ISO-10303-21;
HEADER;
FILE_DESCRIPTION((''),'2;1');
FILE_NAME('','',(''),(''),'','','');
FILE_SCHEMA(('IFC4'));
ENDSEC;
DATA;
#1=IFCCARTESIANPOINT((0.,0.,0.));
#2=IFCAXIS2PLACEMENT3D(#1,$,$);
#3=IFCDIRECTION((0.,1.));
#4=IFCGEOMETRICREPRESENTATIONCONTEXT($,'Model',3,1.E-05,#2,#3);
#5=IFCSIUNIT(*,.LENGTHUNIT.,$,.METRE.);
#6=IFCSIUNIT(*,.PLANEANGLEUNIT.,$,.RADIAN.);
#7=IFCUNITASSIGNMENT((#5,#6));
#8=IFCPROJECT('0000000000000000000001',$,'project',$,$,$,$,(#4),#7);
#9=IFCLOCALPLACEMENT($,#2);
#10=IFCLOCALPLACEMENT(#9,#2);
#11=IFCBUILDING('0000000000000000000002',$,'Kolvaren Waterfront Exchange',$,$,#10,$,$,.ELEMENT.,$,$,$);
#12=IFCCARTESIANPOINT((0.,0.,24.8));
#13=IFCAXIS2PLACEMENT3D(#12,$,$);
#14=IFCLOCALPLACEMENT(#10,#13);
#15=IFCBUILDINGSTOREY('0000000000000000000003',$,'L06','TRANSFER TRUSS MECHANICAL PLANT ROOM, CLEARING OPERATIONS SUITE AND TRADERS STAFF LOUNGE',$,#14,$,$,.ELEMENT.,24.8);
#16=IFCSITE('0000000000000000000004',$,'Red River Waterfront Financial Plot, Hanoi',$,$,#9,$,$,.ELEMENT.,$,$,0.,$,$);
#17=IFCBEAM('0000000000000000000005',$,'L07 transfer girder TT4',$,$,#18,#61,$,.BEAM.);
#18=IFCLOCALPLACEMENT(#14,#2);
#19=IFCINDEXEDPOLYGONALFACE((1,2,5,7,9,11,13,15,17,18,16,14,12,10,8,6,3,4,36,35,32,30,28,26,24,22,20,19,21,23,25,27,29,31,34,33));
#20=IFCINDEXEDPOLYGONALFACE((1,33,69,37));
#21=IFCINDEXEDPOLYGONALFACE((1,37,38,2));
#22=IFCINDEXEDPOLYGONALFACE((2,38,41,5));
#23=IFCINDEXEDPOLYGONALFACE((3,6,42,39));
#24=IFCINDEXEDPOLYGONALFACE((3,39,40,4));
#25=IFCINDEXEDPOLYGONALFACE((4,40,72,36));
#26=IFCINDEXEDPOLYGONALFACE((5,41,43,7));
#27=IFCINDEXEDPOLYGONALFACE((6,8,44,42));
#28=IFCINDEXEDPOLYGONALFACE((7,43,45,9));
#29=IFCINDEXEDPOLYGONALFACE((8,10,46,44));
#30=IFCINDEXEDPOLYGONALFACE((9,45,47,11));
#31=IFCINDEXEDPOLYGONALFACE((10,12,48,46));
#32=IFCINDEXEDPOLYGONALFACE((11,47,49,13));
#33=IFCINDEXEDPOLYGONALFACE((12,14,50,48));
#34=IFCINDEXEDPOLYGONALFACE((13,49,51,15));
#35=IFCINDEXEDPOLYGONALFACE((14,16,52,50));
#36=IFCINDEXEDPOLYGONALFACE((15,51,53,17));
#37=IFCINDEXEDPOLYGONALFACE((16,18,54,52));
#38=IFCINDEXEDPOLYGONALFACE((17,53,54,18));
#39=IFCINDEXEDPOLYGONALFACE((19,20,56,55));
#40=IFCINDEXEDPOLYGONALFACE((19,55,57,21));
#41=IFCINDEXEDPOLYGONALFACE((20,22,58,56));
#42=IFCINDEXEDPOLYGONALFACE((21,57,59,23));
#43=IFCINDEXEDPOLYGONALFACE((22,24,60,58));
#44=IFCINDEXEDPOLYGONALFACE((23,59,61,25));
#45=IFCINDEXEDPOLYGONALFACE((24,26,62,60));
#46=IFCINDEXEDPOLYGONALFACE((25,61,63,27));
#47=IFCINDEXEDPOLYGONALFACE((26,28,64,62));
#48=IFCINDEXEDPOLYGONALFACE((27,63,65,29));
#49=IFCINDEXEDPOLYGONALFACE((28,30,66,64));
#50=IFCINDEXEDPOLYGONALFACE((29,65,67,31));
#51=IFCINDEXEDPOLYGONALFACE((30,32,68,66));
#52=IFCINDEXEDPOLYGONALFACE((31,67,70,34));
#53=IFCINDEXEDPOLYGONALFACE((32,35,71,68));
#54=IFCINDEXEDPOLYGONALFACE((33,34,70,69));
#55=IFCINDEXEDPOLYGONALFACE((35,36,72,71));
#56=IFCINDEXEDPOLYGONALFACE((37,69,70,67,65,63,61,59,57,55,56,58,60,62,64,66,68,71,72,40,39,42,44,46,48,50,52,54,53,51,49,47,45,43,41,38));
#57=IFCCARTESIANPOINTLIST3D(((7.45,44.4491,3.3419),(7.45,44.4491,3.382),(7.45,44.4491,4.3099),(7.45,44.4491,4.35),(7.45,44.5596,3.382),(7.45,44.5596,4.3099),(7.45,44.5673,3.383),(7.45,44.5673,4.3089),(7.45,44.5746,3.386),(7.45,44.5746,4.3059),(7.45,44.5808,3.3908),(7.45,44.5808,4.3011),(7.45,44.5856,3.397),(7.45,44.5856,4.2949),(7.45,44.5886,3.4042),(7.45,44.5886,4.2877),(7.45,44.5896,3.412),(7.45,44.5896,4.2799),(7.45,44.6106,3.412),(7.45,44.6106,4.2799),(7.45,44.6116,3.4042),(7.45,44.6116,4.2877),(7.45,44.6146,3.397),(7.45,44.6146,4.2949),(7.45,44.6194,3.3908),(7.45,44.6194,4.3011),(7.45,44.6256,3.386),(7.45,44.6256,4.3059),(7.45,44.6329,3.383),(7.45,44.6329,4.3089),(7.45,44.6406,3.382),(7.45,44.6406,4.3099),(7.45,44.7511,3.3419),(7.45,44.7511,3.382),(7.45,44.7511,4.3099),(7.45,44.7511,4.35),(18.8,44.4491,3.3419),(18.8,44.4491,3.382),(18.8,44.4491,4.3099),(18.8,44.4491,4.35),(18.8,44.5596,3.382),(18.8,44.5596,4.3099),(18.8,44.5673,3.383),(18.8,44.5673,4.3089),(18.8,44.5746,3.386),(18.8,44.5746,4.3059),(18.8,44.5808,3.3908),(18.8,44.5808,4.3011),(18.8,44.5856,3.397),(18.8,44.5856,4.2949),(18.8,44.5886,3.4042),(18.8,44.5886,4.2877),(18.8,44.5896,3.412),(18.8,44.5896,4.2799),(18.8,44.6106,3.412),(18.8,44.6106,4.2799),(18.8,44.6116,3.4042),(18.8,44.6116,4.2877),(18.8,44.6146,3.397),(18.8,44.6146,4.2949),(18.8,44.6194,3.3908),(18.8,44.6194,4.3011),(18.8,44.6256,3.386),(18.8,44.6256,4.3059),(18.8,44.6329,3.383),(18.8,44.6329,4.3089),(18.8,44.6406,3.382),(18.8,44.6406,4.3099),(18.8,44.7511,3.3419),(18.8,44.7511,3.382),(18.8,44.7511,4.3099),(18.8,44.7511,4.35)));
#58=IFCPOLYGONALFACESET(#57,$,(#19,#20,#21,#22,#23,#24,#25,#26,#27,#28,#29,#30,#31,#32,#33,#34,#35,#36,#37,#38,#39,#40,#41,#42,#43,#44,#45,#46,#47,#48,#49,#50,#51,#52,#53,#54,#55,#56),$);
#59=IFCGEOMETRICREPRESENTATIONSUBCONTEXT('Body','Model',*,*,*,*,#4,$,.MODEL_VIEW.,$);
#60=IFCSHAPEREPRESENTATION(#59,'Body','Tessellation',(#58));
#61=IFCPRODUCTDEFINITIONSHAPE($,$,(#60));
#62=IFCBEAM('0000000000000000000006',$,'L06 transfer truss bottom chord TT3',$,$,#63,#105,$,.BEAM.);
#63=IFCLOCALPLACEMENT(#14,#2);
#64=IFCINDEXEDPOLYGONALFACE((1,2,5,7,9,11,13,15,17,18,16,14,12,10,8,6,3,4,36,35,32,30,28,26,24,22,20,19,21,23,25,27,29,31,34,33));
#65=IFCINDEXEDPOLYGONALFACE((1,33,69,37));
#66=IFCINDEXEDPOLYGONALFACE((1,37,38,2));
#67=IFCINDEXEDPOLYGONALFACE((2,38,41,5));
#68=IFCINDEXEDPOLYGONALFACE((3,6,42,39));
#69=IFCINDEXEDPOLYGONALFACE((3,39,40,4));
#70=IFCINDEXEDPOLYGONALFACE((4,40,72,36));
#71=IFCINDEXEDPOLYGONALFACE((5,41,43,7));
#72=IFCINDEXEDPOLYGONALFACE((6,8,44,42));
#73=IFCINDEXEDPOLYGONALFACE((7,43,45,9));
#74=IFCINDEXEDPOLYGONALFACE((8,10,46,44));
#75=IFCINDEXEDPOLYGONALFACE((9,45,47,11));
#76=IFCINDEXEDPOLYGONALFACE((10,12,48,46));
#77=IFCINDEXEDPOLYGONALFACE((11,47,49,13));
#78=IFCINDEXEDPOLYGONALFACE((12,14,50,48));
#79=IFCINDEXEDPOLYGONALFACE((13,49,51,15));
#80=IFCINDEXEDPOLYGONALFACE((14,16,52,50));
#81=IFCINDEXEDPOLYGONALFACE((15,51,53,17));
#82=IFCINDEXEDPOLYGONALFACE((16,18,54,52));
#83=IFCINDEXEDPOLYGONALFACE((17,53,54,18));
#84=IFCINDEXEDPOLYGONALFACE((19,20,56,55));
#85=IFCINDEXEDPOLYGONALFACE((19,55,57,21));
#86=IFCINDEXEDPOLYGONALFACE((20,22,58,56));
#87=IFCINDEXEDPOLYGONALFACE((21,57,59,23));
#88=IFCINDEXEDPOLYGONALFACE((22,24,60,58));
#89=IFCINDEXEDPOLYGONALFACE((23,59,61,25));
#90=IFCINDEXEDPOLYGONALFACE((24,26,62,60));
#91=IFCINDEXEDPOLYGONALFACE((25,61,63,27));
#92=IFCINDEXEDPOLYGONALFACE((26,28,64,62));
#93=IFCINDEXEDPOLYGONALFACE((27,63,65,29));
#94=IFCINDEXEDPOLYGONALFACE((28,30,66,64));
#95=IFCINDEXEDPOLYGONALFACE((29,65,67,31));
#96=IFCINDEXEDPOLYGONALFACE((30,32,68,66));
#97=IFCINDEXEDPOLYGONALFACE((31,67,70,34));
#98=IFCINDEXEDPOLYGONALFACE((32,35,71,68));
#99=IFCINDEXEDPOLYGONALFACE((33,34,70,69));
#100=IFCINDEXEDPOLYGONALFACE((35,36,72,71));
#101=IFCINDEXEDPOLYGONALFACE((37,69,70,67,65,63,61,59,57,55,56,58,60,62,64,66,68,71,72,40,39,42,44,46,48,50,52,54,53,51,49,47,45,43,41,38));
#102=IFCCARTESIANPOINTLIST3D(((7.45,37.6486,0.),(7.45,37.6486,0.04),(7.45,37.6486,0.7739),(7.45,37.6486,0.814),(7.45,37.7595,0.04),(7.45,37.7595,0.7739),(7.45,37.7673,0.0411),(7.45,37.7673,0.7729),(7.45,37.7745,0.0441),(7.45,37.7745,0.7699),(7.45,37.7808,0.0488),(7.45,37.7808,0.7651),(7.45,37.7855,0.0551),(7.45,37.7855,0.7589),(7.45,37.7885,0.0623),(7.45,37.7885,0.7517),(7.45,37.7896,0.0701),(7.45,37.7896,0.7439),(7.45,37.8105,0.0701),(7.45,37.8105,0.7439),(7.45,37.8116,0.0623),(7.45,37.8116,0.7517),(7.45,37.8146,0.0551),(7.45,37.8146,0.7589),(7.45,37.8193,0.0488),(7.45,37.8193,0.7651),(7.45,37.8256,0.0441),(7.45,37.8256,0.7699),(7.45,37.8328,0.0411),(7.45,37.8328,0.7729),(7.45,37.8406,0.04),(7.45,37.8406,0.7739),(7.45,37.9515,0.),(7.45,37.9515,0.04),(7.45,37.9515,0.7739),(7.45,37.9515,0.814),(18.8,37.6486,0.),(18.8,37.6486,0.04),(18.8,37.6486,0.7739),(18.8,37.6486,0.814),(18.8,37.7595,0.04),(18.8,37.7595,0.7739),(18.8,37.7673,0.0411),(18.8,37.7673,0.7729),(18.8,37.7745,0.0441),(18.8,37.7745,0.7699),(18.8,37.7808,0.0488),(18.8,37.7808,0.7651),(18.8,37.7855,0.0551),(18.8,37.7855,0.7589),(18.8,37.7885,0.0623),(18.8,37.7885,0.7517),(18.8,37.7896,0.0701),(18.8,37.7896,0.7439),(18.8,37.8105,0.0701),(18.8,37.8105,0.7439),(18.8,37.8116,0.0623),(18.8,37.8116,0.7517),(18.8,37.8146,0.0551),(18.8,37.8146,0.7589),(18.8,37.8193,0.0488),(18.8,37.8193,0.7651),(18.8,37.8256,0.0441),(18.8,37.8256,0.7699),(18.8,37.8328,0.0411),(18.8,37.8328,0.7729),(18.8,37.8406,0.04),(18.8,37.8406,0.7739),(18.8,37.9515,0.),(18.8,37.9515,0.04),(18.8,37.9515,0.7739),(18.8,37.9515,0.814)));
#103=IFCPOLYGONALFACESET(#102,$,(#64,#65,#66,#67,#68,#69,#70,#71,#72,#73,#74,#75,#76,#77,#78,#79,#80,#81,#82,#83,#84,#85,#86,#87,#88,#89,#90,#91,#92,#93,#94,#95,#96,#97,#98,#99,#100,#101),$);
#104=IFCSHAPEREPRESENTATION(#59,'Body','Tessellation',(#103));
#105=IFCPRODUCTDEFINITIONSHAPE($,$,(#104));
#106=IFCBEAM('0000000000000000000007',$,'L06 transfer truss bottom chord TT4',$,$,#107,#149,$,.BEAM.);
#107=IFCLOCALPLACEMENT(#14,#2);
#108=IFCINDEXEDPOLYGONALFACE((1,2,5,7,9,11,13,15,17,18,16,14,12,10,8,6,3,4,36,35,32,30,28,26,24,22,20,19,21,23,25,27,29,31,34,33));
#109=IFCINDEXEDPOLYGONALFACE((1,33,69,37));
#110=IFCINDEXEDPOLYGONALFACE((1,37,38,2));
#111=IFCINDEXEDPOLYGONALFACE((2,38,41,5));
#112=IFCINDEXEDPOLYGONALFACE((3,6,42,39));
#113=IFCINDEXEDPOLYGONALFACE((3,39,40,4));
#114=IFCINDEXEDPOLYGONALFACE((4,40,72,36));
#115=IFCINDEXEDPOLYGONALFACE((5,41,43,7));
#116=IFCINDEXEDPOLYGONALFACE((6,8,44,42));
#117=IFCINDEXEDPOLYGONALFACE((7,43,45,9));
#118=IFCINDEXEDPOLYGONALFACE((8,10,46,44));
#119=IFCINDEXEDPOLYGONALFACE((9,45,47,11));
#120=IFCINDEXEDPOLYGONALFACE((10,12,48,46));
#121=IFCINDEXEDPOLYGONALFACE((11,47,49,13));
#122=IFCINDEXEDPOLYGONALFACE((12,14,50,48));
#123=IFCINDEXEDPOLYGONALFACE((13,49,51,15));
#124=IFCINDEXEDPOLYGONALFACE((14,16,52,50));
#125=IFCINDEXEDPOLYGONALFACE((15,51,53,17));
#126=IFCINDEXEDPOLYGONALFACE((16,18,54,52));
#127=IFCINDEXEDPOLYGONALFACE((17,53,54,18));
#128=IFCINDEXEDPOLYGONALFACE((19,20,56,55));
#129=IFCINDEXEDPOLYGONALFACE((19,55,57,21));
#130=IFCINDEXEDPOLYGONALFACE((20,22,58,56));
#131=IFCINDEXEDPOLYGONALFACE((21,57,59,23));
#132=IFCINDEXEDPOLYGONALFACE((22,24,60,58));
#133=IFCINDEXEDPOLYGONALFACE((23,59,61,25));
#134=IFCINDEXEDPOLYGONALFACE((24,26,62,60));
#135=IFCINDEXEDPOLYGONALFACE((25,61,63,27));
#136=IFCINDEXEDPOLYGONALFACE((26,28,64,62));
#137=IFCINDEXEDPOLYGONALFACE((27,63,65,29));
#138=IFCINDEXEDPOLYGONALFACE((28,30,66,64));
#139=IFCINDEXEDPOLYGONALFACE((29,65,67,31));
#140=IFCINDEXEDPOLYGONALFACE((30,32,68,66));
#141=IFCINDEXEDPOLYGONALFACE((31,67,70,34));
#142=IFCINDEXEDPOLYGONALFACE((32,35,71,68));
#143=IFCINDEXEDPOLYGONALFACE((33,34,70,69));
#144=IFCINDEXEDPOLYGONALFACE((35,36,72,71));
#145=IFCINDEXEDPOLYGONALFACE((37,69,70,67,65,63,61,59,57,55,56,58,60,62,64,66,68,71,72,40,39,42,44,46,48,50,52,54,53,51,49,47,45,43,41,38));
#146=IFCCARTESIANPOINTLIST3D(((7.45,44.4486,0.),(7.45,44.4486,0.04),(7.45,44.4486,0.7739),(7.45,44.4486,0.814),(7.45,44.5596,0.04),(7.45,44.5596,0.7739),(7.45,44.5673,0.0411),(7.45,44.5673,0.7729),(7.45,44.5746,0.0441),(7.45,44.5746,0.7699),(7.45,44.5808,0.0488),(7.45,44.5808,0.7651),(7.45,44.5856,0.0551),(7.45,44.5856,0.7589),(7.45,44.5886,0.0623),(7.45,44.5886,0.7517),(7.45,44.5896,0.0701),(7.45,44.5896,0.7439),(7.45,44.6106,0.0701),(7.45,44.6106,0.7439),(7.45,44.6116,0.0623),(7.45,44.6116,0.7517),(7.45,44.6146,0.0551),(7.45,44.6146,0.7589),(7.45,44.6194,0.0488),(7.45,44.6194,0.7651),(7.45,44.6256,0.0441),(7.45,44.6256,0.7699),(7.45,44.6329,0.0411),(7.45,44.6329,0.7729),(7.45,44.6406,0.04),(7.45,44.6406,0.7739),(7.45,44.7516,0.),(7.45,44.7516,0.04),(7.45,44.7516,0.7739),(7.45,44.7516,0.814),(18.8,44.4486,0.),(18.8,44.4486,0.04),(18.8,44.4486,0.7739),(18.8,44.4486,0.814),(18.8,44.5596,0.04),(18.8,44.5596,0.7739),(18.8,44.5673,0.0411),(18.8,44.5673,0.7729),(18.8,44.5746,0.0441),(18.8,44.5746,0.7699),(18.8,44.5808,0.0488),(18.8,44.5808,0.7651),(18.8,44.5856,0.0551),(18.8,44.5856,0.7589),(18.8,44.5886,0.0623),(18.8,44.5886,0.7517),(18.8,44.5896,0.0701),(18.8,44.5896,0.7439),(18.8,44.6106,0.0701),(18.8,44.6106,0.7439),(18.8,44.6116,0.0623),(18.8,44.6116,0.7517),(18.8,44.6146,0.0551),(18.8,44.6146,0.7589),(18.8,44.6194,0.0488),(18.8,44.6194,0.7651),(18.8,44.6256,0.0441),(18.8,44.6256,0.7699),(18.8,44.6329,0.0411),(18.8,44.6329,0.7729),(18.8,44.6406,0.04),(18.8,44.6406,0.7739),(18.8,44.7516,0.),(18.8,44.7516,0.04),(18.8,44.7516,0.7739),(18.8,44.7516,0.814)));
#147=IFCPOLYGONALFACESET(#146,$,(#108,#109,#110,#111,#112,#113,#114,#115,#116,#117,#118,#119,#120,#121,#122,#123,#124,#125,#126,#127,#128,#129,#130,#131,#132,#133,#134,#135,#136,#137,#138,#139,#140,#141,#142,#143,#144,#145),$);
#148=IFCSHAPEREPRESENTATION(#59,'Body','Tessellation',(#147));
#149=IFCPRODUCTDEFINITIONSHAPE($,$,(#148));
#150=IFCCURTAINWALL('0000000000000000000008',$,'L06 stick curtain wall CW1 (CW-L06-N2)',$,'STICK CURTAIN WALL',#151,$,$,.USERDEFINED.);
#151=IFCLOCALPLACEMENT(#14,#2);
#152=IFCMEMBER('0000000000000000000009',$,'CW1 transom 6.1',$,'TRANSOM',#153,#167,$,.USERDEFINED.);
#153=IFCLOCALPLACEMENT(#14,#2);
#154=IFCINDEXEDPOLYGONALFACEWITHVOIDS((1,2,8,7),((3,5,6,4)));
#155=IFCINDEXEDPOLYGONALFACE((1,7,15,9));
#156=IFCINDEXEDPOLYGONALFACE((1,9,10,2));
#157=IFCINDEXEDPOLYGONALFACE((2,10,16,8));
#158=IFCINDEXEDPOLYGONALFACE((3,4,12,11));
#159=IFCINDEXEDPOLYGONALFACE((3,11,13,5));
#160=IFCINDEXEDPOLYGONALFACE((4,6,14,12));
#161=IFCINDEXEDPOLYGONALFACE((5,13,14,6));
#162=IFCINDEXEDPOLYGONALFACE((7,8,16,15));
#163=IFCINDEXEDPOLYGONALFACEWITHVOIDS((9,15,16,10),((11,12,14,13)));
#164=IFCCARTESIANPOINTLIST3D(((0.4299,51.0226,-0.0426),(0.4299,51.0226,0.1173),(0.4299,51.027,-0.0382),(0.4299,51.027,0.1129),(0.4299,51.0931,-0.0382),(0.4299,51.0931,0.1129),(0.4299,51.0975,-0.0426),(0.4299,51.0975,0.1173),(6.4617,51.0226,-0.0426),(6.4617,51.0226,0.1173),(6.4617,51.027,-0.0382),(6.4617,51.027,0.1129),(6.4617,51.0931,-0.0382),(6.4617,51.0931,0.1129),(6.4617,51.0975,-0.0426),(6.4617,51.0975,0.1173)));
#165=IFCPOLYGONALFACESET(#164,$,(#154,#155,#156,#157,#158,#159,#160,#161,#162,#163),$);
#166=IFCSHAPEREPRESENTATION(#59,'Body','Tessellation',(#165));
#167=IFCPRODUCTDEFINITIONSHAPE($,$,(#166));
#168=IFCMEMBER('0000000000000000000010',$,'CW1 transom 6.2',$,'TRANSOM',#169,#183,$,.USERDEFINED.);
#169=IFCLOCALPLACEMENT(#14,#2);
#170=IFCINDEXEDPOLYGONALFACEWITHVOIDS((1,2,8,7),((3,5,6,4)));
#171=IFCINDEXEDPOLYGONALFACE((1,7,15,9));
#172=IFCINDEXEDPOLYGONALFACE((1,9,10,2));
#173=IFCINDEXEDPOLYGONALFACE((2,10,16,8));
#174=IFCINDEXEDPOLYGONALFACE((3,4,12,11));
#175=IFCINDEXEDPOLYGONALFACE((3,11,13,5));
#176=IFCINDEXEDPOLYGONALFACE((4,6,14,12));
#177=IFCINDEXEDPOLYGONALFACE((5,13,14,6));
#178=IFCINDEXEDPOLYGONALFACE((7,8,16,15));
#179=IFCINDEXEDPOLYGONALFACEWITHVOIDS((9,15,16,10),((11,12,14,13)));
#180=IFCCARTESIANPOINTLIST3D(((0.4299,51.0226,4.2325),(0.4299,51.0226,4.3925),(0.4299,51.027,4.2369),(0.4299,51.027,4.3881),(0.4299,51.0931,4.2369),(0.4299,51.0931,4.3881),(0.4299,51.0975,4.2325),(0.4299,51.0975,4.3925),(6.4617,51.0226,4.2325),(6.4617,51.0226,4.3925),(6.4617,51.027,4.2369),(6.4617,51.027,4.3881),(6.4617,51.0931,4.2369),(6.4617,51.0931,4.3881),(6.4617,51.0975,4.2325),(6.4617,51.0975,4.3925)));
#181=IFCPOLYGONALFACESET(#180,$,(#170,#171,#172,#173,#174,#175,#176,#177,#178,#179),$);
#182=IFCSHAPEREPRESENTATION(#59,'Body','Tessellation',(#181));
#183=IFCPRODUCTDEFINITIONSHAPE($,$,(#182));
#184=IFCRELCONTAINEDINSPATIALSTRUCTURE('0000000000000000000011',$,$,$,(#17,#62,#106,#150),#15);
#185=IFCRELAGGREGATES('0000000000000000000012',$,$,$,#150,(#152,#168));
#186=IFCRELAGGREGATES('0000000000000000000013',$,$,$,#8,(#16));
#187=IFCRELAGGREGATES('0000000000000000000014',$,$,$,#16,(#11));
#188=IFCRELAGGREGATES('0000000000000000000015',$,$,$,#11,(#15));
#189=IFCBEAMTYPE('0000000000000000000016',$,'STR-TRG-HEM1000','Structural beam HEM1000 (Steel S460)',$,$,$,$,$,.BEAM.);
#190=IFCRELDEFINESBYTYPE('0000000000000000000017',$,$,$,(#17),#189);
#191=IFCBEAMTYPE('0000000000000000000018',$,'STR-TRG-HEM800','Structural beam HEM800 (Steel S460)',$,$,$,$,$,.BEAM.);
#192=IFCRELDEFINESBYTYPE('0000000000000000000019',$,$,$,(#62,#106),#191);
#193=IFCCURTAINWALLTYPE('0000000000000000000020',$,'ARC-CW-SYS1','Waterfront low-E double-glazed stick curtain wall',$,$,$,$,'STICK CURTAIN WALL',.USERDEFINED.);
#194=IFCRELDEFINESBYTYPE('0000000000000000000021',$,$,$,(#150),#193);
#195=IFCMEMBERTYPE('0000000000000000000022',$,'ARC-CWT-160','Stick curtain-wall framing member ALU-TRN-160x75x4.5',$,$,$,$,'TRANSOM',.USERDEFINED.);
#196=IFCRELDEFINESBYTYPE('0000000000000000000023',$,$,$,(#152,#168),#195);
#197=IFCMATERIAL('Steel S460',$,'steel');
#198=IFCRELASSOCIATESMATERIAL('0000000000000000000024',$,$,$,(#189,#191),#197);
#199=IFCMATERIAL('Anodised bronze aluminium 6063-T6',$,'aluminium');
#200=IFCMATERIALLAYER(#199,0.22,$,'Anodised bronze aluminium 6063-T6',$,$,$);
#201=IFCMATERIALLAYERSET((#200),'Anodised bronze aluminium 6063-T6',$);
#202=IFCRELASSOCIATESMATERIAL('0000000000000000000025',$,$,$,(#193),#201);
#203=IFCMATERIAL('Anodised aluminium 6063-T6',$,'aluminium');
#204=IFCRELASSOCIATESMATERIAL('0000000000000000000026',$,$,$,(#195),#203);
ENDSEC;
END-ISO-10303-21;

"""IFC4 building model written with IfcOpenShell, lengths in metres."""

from ifc_helpers import new_model, si_unit, direction, frame, origin, origin_with_axes, origin_2d, place, context, subcontext, project, spatial, hollow_rectangle, i_section, extrude, source, transform, mapped, material, layer, layer_set, material_profile, profile_set, type_object, element, aggregate, save


model = new_model("IFC4")

# Units and contexts
model_context = context("Model", 3, precision=1e-05, world=origin(), true_north=direction((0.0, 1.0)))
body_context = subcontext(model_context, "Body", "Model", "MODEL_VIEW")
ifc_project = project(units=[si_unit("LENGTHUNIT", "METRE"), si_unit("PLANEANGLEUNIT", "RADIAN")], contexts=[model_context])

# Site, building, storey
site_placement = place(None, origin())
site = spatial("IfcSite", under=ifc_project, at=site_placement, Name="Red River Waterfront Financial Plot, Hanoi", CompositionType="ELEMENT", RefElevation=0.0)
building_placement = place(site_placement, origin())
building = spatial("IfcBuilding", under=site, at=building_placement, Name="Kolvaren Waterfront Exchange", CompositionType="ELEMENT")
storey_placement = place(building_placement, frame((0.0, 0.0, 24.8)))
storey = spatial("IfcBuildingStorey", under=building, at=storey_placement, Name="L06", Description="TRANSFER TRUSS MECHANICAL PLANT ROOM, CLEARING OPERATIONS SUITE AND TRADERS STAFF LOUNGE", CompositionType="ELEMENT", Elevation=24.8)

# Shared definitions
ifc_material_1 = material(Name="Steel S460", Category="steel")

# Beams
ifc_material_profile_1 = material_profile(ifc_material_1, i_section(OverallWidth=0.302, OverallDepth=1.0081, WebThickness=0.021, FlangeThickness=0.04, FilletRadius=0.03, at=origin_2d()), Name="HEM1000")
ifc_profile_set_1 = profile_set([ifc_material_profile_1], Name="Steel S460")
beam_type_1 = type_object("IfcBeamType", Name="STR-TRG-HEM1000", Description="Structural beam HEM1000 (Steel S460)", PredefinedType="BEAM", material=ifc_profile_set_1)
for number, where, z_axis, x_axis, name in (
    (1, (7.45, 44.6001, 3.8459), (1.0, 0.0, 0.0), (0.0, 1.0, 0.0), "L07 transfer girder TT4"),
):
    element("IfcBeam", number, at=place(storey_placement, frame(where, z_axis=z_axis, x_axis=x_axis)), inside=storey, type_object=beam_type_1, Name=name, PredefinedType="BEAM", context=body_context, shape_type="SweptSolid", body=[
        extrude(i_section(OverallWidth=0.302, OverallDepth=1.0081, WebThickness=0.021, FlangeThickness=0.04, FilletRadius=0.03, at=origin_2d()), origin(), (0.0, 0.0, 1.0), 11.3501),
    ])
ifc_material_profile_2 = material_profile(ifc_material_1, i_section(OverallWidth=0.303, OverallDepth=0.814, WebThickness=0.021, FlangeThickness=0.04, FilletRadius=0.03, at=origin_2d()), Name="HEM800")
ifc_profile_set_2 = profile_set([ifc_material_profile_2], Name="Steel S460")
beam_type_2 = type_object("IfcBeamType", Name="STR-TRG-HEM800", Description="Structural beam HEM800 (Steel S460)", PredefinedType="BEAM", material=ifc_profile_set_2)
for number, where, z_axis, x_axis, name in (
    (2, (7.45, 37.8, 0.407), (1.0, 0.0, 0.0), (0.0, 1.0, 0.0), "L06 transfer truss bottom chord TT3"),
    (3, (7.45, 44.6001, 0.407), (1.0, 0.0, 0.0), (0.0, 1.0, 0.0), "L06 transfer truss bottom chord TT4"),
):
    element("IfcBeam", number, at=place(storey_placement, frame(where, z_axis=z_axis, x_axis=x_axis)), inside=storey, type_object=beam_type_2, Name=name, PredefinedType="BEAM", context=body_context, shape_type="SweptSolid", body=[
        extrude(i_section(OverallWidth=0.303, OverallDepth=0.814, WebThickness=0.021, FlangeThickness=0.04, FilletRadius=0.03, at=origin_2d()), origin(), (0.0, 0.0, 1.0), 11.3501),
    ])

# Curtain wall, members
ifc_material_2 = material(Name="Anodised bronze aluminium 6063-T6", Category="aluminium")
ifc_layer_1 = layer(ifc_material_2, 0.22, Name="Anodised bronze aluminium 6063-T6")
ifc_layer_set_1 = layer_set([ifc_layer_1], Name="Anodised bronze aluminium 6063-T6")
curtain_wall_type = type_object("IfcCurtainWallType", Name="ARC-CW-SYS1", Description="Waterfront low-E double-glazed stick curtain wall", ElementType="STICK CURTAIN WALL", PredefinedType="USERDEFINED", material=ifc_layer_set_1)
curtain_wall_placement = place(storey_placement, origin())
curtain_wall = element("IfcCurtainWall", 4, at=curtain_wall_placement, inside=storey, type_object=curtain_wall_type, Name="L06 stick curtain wall CW1 (CW-L06-N2)", ObjectType="STICK CURTAIN WALL", PredefinedType="USERDEFINED")
ifc_material_3 = material(Name="Anodised aluminium 6063-T6", Category="aluminium")
ifc_material_profile_3 = material_profile(ifc_material_3, hollow_rectangle(XDim=0.075, YDim=0.1599, WallThickness=0.0044, at=origin_2d()), Name="ALU-TRN-160x75x4.5")
ifc_profile_set_3 = profile_set([ifc_material_profile_3], Name="Anodised aluminium 6063-T6")
member_type_1 = type_object("IfcMemberType", Name="ARC-CWT-160", Description="Stick curtain-wall framing member ALU-TRN-160x75x4.5", ElementType="TRANSOM", PredefinedType="USERDEFINED", material=ifc_profile_set_3)
shared_shape_1 = source(origin_with_axes(), body_context, "Body", "SweptSolid", [
    extrude(hollow_rectangle(XDim=0.075, YDim=0.1599, WallThickness=0.0044, at=origin_2d()), origin(), (0.0, 0.0, 1.0), 6.0317),
])
member_1_placement = place(storey_placement, frame((6.4617, 51.0601, 0.0374), z_axis=(-1.0, 0.0, 0.0), x_axis=(0.0, -1.0, 0.0)))
member_1 = element("IfcMember", 5, at=member_1_placement, type_object=member_type_1, Name="CW1 transom 6.1", ObjectType="TRANSOM", PredefinedType="USERDEFINED", context=body_context, shape_type="MappedRepresentation", body=[
    mapped(shared_shape_1, transform((0.0, 0.0, 0.0), x_axis=(1.0, 0.0, 0.0), y_axis=(0.0, 1.0, 0.0), z_axis=(0.0, 0.0, 1.0), scale=1.0)),
])
member_2_placement = place(storey_placement, frame((6.4617, 51.0601, 4.3125), z_axis=(-1.0, 0.0, 0.0), x_axis=(0.0, -1.0, 0.0)))
member_2 = element("IfcMember", 6, at=member_2_placement, type_object=member_type_1, Name="CW1 transom 6.2", ObjectType="TRANSOM", PredefinedType="USERDEFINED", context=body_context, shape_type="MappedRepresentation", body=[
    mapped(shared_shape_1, transform((0.0, 0.0, 0.0), x_axis=(1.0, 0.0, 0.0), y_axis=(0.0, 1.0, 0.0), z_axis=(0.0, 0.0, 1.0), scale=1.0)),
])

aggregate(curtain_wall, [member_1, member_2])

save(model, "model.ifc")
